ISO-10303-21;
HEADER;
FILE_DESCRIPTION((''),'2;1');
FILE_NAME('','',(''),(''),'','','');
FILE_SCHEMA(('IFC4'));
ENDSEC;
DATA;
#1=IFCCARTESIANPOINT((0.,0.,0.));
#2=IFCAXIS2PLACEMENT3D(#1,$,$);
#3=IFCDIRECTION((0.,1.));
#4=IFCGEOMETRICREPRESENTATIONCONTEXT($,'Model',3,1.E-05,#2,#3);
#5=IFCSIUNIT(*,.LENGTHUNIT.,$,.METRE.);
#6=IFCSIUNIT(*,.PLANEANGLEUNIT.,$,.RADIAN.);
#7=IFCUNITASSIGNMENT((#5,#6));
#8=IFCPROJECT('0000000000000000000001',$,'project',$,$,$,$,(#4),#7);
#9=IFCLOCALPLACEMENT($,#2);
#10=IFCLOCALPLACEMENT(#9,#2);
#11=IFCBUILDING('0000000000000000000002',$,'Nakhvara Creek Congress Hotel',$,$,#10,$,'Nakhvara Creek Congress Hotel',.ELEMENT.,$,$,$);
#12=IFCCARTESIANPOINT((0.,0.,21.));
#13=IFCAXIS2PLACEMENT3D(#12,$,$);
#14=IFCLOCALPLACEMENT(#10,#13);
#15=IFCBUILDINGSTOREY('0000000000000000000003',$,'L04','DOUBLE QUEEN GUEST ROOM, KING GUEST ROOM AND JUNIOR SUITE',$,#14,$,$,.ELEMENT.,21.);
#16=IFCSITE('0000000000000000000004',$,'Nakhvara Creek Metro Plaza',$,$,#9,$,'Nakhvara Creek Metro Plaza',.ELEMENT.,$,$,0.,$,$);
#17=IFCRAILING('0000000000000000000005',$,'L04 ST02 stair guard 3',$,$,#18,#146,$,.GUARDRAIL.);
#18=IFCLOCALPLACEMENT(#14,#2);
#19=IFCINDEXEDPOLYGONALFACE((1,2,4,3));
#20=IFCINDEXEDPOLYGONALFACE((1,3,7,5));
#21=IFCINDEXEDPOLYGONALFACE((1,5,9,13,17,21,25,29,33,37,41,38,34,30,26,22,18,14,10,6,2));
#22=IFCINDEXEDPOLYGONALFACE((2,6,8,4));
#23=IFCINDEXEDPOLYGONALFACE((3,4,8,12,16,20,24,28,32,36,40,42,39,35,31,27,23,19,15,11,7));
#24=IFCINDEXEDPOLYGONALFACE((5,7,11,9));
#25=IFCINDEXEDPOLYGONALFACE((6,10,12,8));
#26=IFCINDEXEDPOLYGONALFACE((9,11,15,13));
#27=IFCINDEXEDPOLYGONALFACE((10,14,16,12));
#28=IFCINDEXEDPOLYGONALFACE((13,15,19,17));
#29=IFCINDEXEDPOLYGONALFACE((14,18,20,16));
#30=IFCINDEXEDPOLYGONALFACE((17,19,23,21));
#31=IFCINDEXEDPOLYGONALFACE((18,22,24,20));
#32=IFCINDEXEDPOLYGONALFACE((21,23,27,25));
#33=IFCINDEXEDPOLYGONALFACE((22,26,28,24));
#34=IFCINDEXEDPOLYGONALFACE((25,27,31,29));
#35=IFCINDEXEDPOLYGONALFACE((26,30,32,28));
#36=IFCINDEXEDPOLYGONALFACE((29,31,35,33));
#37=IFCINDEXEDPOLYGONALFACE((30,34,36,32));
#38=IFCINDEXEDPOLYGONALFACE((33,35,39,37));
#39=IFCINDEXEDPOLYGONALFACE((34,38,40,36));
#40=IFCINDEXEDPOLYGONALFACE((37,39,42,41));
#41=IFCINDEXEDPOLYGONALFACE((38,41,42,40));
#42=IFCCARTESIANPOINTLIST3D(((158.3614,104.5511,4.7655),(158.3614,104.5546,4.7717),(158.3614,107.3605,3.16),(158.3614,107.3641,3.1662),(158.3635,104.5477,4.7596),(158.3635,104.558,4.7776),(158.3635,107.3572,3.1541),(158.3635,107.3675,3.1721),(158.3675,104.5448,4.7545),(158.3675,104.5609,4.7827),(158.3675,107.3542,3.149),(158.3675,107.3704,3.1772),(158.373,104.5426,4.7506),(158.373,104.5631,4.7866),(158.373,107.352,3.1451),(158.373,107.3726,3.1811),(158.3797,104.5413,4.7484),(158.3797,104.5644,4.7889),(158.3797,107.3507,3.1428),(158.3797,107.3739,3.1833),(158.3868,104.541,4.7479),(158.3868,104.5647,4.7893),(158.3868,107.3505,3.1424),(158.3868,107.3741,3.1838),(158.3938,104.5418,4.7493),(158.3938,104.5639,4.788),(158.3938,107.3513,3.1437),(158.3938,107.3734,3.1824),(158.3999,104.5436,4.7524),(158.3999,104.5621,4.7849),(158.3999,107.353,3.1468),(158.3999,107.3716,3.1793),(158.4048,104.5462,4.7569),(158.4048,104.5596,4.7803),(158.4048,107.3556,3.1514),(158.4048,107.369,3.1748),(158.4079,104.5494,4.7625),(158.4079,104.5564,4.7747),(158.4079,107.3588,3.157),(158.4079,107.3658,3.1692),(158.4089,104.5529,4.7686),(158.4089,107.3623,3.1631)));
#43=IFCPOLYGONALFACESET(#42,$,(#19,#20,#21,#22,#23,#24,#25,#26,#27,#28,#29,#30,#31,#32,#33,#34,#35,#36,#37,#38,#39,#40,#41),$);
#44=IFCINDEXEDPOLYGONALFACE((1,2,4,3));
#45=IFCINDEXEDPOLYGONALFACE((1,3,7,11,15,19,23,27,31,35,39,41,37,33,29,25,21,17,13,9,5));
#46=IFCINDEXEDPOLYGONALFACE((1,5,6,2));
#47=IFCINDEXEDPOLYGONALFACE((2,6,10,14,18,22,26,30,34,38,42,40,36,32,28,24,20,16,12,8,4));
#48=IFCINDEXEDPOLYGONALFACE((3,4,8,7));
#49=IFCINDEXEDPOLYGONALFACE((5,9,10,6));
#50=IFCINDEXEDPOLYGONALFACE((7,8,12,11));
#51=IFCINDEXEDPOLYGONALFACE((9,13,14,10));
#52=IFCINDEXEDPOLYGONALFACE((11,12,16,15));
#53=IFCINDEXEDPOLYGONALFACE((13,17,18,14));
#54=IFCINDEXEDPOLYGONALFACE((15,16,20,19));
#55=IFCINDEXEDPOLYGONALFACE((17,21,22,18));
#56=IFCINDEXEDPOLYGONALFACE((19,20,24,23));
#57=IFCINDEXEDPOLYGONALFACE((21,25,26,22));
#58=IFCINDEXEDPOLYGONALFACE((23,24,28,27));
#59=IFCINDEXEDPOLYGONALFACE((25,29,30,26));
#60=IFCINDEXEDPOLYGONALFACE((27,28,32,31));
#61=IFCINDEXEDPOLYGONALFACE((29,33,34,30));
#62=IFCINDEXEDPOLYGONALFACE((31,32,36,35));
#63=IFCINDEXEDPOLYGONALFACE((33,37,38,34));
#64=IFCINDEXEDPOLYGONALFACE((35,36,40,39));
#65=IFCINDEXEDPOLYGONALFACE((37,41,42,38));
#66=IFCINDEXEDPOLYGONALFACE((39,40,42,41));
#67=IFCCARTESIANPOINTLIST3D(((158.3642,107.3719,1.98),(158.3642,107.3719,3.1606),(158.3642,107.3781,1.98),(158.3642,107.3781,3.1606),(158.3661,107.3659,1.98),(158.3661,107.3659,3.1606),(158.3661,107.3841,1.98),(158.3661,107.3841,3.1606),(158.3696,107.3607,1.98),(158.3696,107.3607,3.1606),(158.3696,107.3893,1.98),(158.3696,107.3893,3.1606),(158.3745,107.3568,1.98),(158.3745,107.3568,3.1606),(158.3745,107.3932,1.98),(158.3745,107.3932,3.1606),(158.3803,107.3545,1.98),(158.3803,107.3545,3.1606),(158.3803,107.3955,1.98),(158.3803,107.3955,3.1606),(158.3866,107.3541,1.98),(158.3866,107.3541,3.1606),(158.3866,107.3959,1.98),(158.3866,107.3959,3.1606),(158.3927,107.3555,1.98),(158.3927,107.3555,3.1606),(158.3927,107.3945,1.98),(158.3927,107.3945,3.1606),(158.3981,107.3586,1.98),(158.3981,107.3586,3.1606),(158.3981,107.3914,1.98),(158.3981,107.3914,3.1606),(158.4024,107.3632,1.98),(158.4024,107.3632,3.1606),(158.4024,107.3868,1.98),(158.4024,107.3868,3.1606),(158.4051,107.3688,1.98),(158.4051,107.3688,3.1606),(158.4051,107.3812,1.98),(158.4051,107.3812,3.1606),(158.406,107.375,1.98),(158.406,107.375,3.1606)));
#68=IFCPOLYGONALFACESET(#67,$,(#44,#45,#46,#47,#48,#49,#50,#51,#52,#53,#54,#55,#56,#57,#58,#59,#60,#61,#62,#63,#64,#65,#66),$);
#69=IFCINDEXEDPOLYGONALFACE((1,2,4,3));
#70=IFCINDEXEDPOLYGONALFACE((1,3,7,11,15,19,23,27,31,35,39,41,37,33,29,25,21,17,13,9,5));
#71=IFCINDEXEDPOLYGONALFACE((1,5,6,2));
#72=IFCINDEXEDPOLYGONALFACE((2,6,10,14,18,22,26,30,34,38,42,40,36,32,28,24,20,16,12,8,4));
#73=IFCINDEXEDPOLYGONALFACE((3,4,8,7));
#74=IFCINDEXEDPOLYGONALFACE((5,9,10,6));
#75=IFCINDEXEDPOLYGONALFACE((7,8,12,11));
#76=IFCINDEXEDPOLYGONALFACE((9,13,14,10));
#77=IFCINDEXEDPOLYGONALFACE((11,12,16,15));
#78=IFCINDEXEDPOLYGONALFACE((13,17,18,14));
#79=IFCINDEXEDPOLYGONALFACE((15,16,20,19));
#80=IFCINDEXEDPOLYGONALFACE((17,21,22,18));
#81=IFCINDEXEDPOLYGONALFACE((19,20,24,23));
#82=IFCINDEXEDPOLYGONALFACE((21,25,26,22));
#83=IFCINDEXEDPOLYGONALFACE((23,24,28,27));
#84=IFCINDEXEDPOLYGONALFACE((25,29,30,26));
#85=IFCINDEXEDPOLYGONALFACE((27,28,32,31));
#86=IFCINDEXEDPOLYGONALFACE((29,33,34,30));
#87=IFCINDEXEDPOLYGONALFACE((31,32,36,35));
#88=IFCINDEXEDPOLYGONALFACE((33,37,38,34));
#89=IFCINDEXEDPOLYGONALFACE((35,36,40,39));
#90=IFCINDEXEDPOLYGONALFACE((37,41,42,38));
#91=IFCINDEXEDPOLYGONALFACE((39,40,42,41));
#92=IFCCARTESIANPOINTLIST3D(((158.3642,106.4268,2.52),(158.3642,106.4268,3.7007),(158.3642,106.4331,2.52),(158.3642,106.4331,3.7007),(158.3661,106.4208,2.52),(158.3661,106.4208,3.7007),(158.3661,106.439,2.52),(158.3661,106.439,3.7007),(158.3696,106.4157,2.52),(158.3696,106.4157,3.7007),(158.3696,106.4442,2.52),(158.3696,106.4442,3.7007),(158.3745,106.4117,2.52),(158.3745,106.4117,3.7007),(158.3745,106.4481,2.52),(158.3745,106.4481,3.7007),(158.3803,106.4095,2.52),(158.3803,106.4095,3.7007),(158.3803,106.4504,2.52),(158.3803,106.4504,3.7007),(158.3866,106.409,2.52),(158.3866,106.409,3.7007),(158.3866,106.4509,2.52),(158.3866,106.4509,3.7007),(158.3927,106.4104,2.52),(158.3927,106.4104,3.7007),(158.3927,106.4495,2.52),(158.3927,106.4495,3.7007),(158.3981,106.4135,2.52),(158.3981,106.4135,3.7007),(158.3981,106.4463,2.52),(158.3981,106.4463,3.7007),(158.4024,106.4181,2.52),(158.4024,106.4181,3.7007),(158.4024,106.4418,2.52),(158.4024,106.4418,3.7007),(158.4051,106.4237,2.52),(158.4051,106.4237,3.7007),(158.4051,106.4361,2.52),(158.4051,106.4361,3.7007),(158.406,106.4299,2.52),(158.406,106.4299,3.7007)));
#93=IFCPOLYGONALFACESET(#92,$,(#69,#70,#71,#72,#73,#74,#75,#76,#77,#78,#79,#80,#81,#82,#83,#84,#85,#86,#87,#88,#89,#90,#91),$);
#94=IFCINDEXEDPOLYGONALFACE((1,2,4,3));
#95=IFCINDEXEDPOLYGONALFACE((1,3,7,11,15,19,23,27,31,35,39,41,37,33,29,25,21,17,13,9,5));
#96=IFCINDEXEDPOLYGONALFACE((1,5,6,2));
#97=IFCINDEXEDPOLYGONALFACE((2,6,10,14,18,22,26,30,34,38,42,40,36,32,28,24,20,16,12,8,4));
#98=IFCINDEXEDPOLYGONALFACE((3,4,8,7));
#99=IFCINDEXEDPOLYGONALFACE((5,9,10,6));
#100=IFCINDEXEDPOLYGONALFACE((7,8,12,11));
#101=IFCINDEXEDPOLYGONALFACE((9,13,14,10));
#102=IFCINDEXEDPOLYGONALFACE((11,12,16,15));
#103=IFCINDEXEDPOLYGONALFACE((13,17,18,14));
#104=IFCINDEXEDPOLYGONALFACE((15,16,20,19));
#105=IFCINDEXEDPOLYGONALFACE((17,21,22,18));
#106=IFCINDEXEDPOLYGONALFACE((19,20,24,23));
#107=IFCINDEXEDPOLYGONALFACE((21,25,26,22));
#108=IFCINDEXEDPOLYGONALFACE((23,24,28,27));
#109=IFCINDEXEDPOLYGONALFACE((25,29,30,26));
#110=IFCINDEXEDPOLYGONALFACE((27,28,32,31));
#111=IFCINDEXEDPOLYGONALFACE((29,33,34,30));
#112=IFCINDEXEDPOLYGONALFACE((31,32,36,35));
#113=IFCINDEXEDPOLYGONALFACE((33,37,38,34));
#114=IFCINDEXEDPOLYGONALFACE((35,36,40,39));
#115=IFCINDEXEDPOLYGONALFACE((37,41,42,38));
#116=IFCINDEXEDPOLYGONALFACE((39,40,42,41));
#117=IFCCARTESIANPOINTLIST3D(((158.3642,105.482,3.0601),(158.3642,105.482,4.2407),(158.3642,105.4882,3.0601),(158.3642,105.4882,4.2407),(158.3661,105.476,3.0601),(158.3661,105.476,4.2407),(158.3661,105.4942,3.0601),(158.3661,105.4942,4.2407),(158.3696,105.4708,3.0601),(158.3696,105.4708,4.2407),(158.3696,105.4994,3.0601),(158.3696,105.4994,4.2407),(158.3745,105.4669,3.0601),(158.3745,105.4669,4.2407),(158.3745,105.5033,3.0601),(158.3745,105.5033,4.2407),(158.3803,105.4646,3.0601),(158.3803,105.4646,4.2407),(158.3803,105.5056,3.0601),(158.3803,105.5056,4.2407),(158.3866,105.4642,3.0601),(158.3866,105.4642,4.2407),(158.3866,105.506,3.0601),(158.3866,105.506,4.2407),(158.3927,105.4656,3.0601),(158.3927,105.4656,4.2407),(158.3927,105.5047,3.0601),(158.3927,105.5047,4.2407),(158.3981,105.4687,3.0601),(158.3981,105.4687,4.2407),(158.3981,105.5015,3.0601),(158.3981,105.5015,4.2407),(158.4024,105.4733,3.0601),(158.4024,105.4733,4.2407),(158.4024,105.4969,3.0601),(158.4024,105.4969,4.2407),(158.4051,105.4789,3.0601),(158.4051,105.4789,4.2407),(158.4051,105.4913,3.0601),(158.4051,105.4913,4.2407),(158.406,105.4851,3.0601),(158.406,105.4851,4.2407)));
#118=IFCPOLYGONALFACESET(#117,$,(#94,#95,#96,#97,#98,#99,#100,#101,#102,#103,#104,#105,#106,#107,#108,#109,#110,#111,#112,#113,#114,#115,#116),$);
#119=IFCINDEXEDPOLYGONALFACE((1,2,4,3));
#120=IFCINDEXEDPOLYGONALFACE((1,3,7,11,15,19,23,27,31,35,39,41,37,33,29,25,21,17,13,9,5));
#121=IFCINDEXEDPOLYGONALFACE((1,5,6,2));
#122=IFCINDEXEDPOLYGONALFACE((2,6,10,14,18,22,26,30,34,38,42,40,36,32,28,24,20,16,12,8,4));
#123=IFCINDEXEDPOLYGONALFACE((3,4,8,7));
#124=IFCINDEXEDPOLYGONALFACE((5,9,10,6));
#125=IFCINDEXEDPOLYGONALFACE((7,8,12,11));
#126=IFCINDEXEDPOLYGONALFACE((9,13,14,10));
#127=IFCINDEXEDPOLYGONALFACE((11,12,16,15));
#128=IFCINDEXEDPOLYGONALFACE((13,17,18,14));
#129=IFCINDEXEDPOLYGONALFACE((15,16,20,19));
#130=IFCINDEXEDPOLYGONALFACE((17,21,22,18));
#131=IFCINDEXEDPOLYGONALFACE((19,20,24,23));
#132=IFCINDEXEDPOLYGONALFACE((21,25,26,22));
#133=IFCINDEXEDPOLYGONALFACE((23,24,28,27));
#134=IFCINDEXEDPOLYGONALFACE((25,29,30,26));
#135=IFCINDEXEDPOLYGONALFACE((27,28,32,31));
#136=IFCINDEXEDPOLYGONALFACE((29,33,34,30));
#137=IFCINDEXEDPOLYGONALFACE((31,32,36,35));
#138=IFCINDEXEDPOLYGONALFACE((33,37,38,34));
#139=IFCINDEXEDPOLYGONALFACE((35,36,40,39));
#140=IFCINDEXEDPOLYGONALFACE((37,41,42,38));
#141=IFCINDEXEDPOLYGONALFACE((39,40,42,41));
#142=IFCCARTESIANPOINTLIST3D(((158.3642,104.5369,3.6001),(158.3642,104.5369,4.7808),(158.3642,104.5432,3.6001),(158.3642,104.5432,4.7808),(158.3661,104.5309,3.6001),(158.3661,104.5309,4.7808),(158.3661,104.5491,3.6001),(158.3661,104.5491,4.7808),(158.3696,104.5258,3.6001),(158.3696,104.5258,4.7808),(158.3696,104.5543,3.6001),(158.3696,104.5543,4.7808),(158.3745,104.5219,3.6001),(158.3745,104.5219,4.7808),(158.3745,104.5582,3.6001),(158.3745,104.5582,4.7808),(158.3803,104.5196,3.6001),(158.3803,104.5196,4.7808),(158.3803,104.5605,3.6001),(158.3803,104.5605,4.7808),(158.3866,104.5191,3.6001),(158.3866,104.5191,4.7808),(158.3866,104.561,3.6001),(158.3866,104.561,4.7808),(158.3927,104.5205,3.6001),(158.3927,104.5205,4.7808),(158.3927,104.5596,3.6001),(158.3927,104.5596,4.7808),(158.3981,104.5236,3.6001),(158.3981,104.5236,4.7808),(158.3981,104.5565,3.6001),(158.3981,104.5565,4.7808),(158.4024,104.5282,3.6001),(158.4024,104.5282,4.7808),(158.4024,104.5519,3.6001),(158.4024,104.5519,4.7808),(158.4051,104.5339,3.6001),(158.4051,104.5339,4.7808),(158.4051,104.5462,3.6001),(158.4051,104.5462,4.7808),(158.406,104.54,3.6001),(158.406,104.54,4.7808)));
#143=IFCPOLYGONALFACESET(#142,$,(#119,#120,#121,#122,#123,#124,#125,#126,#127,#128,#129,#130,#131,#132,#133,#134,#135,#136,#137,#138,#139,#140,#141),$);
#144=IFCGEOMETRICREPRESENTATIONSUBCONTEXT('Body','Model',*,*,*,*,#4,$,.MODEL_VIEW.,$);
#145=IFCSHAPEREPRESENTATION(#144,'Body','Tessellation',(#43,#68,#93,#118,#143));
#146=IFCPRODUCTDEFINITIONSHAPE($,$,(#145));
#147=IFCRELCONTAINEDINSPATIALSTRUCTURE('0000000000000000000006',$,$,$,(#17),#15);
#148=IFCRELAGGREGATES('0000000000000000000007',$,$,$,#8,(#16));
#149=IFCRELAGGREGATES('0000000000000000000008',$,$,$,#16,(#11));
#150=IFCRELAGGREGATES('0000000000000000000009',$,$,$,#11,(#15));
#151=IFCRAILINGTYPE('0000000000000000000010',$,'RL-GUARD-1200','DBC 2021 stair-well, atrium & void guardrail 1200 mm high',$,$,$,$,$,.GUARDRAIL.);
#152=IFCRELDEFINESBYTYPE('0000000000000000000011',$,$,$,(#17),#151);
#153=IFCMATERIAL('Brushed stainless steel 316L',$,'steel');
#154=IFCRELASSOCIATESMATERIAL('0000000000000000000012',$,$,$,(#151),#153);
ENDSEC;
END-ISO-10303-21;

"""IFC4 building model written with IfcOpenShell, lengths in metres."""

from ifc_helpers import new_model, si_unit, direction, frame, origin, origin_2d, place, context, subcontext, project, spatial, circle, extrude, material, type_object, element, save


model = new_model("IFC4")

# Units and contexts
model_context = context("Model", 3, precision=1e-05, world=origin(), true_north=direction((0.0, 1.0)))
body_context = subcontext(model_context, "Body", "Model", "MODEL_VIEW")
ifc_project = project(units=[si_unit("LENGTHUNIT", "METRE"), si_unit("PLANEANGLEUNIT", "RADIAN")], contexts=[model_context])

# Site, building, storey
site_placement = place(None, origin())
site = spatial("IfcSite", under=ifc_project, at=site_placement, Name="Nakhvara Creek Metro Plaza", LongName="Nakhvara Creek Metro Plaza", CompositionType="ELEMENT", RefElevation=0.0)
building_placement = place(site_placement, origin())
building = spatial("IfcBuilding", under=site, at=building_placement, Name="Nakhvara Creek Congress Hotel", LongName="Nakhvara Creek Congress Hotel", CompositionType="ELEMENT")
storey_placement = place(building_placement, frame((0.0, 0.0, 21.0)))
storey = spatial("IfcBuildingStorey", under=building, at=storey_placement, Name="L04", Description="DOUBLE QUEEN GUEST ROOM, KING GUEST ROOM AND JUNIOR SUITE", CompositionType="ELEMENT", Elevation=21.0)

# Railing
ifc_material_1 = material(Name="Brushed stainless steel 316L", Category="steel")
railing_type_1 = type_object("IfcRailingType", Name="RL-GUARD-1200", Description="DBC 2021 stair-well, atrium & void guardrail 1200 mm high", PredefinedType="GUARDRAIL", material=ifc_material_1)
railing_1_placement = place(storey_placement, frame((158.385, 107.375, 1.98)))
element("IfcRailing", 1, at=railing_1_placement, inside=storey, type_object=railing_type_1, Name="L04 ST02 stair guard 3", PredefinedType="GUARDRAIL", context=body_context, shape_type="SweptSolid", body=[
    extrude(circle(Radius=0.0239, at=origin_2d()), frame((0.0, -0.0127, 1.1831), z_axis=(0.0, -0.868225, 0.496171), x_axis=(1.0, 0.0, 0.0)), (0.0, 0.0, 1.0), 3.2358),
    extrude(circle(Radius=0.021, at=origin_2d()), origin(), (0.0, 0.0, 1.0), 1.1807),
    extrude(circle(Radius=0.021, at=origin_2d()), frame((0.0, -0.9451, 0.54)), (0.0, 0.0, 1.0), 1.1807),
    extrude(circle(Radius=0.021, at=origin_2d()), frame((0.0, -1.8899, 1.0801)), (0.0, 0.0, 1.0), 1.1807),
    extrude(circle(Radius=0.021, at=origin_2d()), frame((0.0, -2.835, 1.6201)), (0.0, 0.0, 1.0), 1.1807),
])

save(model, "model.ifc")
